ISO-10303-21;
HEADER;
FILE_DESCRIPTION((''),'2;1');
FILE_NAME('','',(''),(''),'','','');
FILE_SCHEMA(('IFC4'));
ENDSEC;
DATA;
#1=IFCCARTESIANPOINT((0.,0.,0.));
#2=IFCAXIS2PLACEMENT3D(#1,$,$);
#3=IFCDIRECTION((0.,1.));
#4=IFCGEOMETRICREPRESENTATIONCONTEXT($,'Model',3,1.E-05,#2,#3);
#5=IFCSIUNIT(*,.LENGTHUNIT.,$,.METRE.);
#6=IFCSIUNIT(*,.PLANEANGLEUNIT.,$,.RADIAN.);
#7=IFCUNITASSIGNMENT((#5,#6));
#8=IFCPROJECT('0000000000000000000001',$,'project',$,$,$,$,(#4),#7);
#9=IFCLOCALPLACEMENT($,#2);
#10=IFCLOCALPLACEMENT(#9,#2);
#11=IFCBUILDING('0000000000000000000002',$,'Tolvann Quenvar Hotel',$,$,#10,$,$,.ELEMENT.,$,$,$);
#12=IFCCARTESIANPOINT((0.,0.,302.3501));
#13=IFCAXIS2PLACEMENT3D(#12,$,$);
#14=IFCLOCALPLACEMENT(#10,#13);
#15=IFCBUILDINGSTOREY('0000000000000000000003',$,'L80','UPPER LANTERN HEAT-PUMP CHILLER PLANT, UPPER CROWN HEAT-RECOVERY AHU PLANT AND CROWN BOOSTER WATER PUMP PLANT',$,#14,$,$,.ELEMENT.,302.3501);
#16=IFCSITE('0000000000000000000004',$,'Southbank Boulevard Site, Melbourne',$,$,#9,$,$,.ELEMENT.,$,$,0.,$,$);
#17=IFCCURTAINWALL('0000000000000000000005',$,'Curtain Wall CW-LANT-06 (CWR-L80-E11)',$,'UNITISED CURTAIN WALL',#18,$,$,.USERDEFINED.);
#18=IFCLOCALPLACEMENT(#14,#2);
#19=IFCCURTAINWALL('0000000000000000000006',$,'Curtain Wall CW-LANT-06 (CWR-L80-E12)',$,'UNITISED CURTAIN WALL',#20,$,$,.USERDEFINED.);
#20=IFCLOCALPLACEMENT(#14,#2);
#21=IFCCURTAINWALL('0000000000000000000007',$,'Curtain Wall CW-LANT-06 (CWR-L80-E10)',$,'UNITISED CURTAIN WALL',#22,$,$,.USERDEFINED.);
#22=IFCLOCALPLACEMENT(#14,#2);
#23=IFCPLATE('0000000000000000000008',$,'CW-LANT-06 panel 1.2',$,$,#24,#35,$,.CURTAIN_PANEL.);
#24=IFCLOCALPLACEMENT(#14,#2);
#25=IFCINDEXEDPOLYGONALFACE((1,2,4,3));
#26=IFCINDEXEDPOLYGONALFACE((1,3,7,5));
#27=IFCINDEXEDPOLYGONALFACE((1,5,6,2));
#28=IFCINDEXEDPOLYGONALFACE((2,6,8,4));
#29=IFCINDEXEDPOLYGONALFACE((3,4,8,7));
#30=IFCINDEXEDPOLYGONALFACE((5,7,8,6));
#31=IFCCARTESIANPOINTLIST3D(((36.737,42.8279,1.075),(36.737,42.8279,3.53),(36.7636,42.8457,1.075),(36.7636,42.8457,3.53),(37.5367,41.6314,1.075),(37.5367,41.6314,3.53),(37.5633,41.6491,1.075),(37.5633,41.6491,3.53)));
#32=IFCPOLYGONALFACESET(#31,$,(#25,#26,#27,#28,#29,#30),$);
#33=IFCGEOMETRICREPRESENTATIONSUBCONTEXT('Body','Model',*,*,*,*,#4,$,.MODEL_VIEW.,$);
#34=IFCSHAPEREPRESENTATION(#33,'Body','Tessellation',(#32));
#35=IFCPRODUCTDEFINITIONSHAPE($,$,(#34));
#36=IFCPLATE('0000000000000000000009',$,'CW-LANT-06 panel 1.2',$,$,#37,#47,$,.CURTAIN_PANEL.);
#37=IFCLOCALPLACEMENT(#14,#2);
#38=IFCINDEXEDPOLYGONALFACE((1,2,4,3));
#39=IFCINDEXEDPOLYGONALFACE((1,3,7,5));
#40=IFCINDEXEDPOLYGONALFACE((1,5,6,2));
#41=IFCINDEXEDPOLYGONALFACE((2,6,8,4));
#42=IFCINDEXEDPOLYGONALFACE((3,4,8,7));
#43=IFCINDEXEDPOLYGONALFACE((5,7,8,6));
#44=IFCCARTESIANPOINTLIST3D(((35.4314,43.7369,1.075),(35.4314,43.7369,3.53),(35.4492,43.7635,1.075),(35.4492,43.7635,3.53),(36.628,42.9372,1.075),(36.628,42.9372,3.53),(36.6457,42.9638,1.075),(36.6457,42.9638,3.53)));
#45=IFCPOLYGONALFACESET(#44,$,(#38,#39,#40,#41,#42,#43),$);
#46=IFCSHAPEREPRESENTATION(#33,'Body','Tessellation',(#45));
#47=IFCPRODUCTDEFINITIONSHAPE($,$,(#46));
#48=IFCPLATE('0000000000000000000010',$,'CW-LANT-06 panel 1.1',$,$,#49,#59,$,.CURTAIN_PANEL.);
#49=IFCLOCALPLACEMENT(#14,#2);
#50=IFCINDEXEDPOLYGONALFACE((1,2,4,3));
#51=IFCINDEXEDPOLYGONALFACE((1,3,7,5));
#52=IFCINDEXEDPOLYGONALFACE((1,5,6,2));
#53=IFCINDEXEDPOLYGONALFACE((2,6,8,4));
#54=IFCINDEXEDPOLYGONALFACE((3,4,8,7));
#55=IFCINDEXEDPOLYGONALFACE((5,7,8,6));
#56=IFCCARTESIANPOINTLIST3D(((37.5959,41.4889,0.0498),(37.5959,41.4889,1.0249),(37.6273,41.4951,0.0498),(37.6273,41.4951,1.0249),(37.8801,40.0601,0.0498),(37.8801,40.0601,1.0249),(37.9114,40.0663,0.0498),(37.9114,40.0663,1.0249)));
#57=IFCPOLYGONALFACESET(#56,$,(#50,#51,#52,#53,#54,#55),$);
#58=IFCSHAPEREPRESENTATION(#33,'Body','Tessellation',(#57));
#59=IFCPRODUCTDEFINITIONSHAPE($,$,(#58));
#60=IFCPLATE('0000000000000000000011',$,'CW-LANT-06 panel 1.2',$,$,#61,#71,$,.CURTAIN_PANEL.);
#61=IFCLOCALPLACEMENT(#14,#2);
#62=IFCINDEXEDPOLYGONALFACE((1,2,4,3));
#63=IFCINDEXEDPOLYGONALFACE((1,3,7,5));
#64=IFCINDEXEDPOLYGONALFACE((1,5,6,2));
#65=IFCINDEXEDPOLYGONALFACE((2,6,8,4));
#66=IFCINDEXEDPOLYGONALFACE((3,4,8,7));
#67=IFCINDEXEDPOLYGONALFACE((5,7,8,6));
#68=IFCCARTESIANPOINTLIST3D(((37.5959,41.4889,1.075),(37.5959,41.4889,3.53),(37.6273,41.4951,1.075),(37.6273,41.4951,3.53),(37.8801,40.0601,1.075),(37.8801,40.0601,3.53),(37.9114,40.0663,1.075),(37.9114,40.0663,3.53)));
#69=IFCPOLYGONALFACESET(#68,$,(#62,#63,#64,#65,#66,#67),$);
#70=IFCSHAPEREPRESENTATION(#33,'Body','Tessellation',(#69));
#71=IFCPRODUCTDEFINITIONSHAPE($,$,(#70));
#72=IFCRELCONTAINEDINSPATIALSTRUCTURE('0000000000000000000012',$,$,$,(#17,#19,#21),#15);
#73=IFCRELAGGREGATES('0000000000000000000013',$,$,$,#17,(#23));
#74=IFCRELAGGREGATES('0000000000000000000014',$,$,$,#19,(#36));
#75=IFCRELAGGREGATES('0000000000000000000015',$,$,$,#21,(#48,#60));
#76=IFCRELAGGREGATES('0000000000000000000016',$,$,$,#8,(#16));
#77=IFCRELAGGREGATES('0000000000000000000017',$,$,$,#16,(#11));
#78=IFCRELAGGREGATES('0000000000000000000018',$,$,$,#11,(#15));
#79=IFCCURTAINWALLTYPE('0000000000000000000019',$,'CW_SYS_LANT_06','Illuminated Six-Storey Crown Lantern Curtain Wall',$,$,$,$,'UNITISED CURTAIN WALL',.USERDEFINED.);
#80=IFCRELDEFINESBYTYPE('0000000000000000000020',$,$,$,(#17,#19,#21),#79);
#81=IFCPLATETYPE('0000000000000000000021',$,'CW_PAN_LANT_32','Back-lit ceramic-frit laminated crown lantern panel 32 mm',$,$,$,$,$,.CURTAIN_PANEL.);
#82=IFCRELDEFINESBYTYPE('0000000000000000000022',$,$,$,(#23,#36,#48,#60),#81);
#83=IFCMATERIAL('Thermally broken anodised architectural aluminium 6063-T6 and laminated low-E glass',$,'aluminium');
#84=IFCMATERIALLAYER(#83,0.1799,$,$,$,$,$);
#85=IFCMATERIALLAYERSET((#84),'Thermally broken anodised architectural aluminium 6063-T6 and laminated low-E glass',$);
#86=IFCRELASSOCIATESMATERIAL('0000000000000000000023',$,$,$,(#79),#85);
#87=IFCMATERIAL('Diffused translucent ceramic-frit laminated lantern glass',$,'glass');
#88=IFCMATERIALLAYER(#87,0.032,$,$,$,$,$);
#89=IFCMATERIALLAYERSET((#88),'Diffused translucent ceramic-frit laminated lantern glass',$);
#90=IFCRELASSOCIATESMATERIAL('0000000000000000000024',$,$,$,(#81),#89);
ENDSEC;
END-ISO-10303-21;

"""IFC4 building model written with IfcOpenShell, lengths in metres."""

from ifc_helpers import new_model, si_unit, direction, frame, origin, origin_2d, place, context, subcontext, project, spatial, rectangle, extrude, source, transform, mapped, material, layer, layer_set, type_object, element, aggregate, save


model = new_model("IFC4")

# Units and contexts
model_context = context("Model", 3, precision=1e-05, world=origin(), true_north=direction((0.0, 1.0)))
body_context = subcontext(model_context, "Body", "Model", "MODEL_VIEW")
ifc_project = project(units=[si_unit("LENGTHUNIT", "METRE"), si_unit("PLANEANGLEUNIT", "RADIAN")], contexts=[model_context])

# Site, building, storey
site_placement = place(None, origin())
site = spatial("IfcSite", under=ifc_project, at=site_placement, Name="Southbank Boulevard Site, Melbourne", CompositionType="ELEMENT", RefElevation=0.0)
building_placement = place(site_placement, origin())
building = spatial("IfcBuilding", under=site, at=building_placement, Name="Tolvann Quenvar Hotel", CompositionType="ELEMENT")
storey_placement = place(building_placement, frame((0.0, 0.0, 302.3501)))
storey = spatial("IfcBuildingStorey", under=building, at=storey_placement, Name="L80", Description="UPPER LANTERN HEAT-PUMP CHILLER PLANT, UPPER CROWN HEAT-RECOVERY AHU PLANT AND CROWN BOOSTER WATER PUMP PLANT", CompositionType="ELEMENT", Elevation=302.3501)

# Curtain walls
ifc_material_1 = material(Name="Thermally broken anodised architectural aluminium 6063-T6 and laminated low-E glass", Category="aluminium")
ifc_layer_1 = layer(ifc_material_1, 0.1799)
ifc_layer_set_1 = layer_set([ifc_layer_1], Name="Thermally broken anodised architectural aluminium 6063-T6 and laminated low-E glass")
curtain_wall_type = type_object("IfcCurtainWallType", Name="CW_SYS_LANT_06", Description="Illuminated Six-Storey Crown Lantern Curtain Wall", ElementType="UNITISED CURTAIN WALL", PredefinedType="USERDEFINED", material=ifc_layer_set_1)
curtain_wall_1_placement = place(storey_placement, origin())
curtain_wall_1 = element("IfcCurtainWall", 1, at=curtain_wall_1_placement, inside=storey, type_object=curtain_wall_type, Name="Curtain Wall CW-LANT-06 (CWR-L80-E11)", ObjectType="UNITISED CURTAIN WALL", PredefinedType="USERDEFINED")
curtain_wall_2_placement = place(storey_placement, origin())
curtain_wall_2 = element("IfcCurtainWall", 2, at=curtain_wall_2_placement, inside=storey, type_object=curtain_wall_type, Name="Curtain Wall CW-LANT-06 (CWR-L80-E12)", ObjectType="UNITISED CURTAIN WALL", PredefinedType="USERDEFINED")
curtain_wall_3_placement = place(storey_placement, origin())
curtain_wall_3 = element("IfcCurtainWall", 3, at=curtain_wall_3_placement, inside=storey, type_object=curtain_wall_type, Name="Curtain Wall CW-LANT-06 (CWR-L80-E10)", ObjectType="UNITISED CURTAIN WALL", PredefinedType="USERDEFINED")

# Plates
ifc_material_2 = material(Name="Diffused translucent ceramic-frit laminated lantern glass", Category="glass")
ifc_layer_2 = layer(ifc_material_2, 0.032)
ifc_layer_set_2 = layer_set([ifc_layer_2], Name="Diffused translucent ceramic-frit laminated lantern glass")
plate_type = type_object("IfcPlateType", Name="CW_PAN_LANT_32", Description="Back-lit ceramic-frit laminated crown lantern panel 32 mm", PredefinedType="CURTAIN_PANEL", material=ifc_layer_set_2)
shared_shape_1 = source(origin(), body_context, "Body", "SweptSolid", [
    extrude(rectangle(XDim=1.4392, YDim=0.032, at=origin_2d()), origin(), (0.0, 0.0, 1.0), 2.4551),
])
plate_1_placement = place(storey_placement, frame((37.1501, 42.2385, 1.075), z_axis=(0.0, 0.0, 1.0), x_axis=(-0.555656, 0.831412, 0.0)))
plate_1 = element("IfcPlate", 4, at=plate_1_placement, type_object=plate_type, Name="CW-LANT-06 panel 1.2", PredefinedType="CURTAIN_PANEL", context=body_context, shape_type="MappedRepresentation", body=[
    mapped(shared_shape_1, transform((0.0, 0.0, 0.0), x_axis=(1.0, 0.0, 0.0), y_axis=(0.0, 1.0, 0.0), z_axis=(0.0, 0.0, 1.0), scale=1.0)),
])
aggregate(curtain_wall_1, [plate_1])
plate_2_placement = place(storey_placement, frame((36.0386, 43.3503, 1.075), z_axis=(0.0, 0.0, 1.0), x_axis=(-0.831412, 0.555656, 0.0)))
plate_2 = element("IfcPlate", 5, at=plate_2_placement, type_object=plate_type, Name="CW-LANT-06 panel 1.2", PredefinedType="CURTAIN_PANEL", context=body_context, shape_type="MappedRepresentation", body=[
    mapped(shared_shape_1, transform((0.0, 0.0, 0.0), x_axis=(1.0, 0.0, 0.0), y_axis=(0.0, 1.0, 0.0), z_axis=(0.0, 0.0, 1.0), scale=1.0)),
])
aggregate(curtain_wall_2, [plate_2])
shared_shape_2 = source(origin(), body_context, "Body", "SweptSolid", [
    extrude(rectangle(XDim=1.4568, YDim=0.032, at=origin_2d()), origin(), (0.0, 0.0, 1.0), 0.9751),
])
plate_3_placement = place(storey_placement, frame((37.7537, 40.7776, 0.0498), z_axis=(0.0, 0.0, 1.0), x_axis=(-0.195062, 0.980791, 0.0)))
plate_3 = element("IfcPlate", 6, at=plate_3_placement, type_object=plate_type, Name="CW-LANT-06 panel 1.1", PredefinedType="CURTAIN_PANEL", context=body_context, shape_type="MappedRepresentation", body=[
    mapped(shared_shape_2, transform((0.0, 0.0, 0.0), x_axis=(1.0, 0.0, 0.0), y_axis=(0.0, 1.0, 0.0), z_axis=(0.0, 0.0, 1.0), scale=1.0)),
])
shared_shape_3 = source(origin(), body_context, "Body", "SweptSolid", [
    extrude(rectangle(XDim=1.4568, YDim=0.032, at=origin_2d()), origin(), (0.0, 0.0, 1.0), 2.4551),
])
plate_4_placement = place(storey_placement, frame((37.7537, 40.7776, 1.075), z_axis=(0.0, 0.0, 1.0), x_axis=(-0.195062, 0.980791, 0.0)))
plate_4 = element("IfcPlate", 7, at=plate_4_placement, type_object=plate_type, Name="CW-LANT-06 panel 1.2", PredefinedType="CURTAIN_PANEL", context=body_context, shape_type="MappedRepresentation", body=[
    mapped(shared_shape_3, transform((0.0, 0.0, 0.0), x_axis=(1.0, 0.0, 0.0), y_axis=(0.0, 1.0, 0.0), z_axis=(0.0, 0.0, 1.0), scale=1.0)),
])
aggregate(curtain_wall_3, [plate_3, plate_4])

save(model, "model.ifc")
